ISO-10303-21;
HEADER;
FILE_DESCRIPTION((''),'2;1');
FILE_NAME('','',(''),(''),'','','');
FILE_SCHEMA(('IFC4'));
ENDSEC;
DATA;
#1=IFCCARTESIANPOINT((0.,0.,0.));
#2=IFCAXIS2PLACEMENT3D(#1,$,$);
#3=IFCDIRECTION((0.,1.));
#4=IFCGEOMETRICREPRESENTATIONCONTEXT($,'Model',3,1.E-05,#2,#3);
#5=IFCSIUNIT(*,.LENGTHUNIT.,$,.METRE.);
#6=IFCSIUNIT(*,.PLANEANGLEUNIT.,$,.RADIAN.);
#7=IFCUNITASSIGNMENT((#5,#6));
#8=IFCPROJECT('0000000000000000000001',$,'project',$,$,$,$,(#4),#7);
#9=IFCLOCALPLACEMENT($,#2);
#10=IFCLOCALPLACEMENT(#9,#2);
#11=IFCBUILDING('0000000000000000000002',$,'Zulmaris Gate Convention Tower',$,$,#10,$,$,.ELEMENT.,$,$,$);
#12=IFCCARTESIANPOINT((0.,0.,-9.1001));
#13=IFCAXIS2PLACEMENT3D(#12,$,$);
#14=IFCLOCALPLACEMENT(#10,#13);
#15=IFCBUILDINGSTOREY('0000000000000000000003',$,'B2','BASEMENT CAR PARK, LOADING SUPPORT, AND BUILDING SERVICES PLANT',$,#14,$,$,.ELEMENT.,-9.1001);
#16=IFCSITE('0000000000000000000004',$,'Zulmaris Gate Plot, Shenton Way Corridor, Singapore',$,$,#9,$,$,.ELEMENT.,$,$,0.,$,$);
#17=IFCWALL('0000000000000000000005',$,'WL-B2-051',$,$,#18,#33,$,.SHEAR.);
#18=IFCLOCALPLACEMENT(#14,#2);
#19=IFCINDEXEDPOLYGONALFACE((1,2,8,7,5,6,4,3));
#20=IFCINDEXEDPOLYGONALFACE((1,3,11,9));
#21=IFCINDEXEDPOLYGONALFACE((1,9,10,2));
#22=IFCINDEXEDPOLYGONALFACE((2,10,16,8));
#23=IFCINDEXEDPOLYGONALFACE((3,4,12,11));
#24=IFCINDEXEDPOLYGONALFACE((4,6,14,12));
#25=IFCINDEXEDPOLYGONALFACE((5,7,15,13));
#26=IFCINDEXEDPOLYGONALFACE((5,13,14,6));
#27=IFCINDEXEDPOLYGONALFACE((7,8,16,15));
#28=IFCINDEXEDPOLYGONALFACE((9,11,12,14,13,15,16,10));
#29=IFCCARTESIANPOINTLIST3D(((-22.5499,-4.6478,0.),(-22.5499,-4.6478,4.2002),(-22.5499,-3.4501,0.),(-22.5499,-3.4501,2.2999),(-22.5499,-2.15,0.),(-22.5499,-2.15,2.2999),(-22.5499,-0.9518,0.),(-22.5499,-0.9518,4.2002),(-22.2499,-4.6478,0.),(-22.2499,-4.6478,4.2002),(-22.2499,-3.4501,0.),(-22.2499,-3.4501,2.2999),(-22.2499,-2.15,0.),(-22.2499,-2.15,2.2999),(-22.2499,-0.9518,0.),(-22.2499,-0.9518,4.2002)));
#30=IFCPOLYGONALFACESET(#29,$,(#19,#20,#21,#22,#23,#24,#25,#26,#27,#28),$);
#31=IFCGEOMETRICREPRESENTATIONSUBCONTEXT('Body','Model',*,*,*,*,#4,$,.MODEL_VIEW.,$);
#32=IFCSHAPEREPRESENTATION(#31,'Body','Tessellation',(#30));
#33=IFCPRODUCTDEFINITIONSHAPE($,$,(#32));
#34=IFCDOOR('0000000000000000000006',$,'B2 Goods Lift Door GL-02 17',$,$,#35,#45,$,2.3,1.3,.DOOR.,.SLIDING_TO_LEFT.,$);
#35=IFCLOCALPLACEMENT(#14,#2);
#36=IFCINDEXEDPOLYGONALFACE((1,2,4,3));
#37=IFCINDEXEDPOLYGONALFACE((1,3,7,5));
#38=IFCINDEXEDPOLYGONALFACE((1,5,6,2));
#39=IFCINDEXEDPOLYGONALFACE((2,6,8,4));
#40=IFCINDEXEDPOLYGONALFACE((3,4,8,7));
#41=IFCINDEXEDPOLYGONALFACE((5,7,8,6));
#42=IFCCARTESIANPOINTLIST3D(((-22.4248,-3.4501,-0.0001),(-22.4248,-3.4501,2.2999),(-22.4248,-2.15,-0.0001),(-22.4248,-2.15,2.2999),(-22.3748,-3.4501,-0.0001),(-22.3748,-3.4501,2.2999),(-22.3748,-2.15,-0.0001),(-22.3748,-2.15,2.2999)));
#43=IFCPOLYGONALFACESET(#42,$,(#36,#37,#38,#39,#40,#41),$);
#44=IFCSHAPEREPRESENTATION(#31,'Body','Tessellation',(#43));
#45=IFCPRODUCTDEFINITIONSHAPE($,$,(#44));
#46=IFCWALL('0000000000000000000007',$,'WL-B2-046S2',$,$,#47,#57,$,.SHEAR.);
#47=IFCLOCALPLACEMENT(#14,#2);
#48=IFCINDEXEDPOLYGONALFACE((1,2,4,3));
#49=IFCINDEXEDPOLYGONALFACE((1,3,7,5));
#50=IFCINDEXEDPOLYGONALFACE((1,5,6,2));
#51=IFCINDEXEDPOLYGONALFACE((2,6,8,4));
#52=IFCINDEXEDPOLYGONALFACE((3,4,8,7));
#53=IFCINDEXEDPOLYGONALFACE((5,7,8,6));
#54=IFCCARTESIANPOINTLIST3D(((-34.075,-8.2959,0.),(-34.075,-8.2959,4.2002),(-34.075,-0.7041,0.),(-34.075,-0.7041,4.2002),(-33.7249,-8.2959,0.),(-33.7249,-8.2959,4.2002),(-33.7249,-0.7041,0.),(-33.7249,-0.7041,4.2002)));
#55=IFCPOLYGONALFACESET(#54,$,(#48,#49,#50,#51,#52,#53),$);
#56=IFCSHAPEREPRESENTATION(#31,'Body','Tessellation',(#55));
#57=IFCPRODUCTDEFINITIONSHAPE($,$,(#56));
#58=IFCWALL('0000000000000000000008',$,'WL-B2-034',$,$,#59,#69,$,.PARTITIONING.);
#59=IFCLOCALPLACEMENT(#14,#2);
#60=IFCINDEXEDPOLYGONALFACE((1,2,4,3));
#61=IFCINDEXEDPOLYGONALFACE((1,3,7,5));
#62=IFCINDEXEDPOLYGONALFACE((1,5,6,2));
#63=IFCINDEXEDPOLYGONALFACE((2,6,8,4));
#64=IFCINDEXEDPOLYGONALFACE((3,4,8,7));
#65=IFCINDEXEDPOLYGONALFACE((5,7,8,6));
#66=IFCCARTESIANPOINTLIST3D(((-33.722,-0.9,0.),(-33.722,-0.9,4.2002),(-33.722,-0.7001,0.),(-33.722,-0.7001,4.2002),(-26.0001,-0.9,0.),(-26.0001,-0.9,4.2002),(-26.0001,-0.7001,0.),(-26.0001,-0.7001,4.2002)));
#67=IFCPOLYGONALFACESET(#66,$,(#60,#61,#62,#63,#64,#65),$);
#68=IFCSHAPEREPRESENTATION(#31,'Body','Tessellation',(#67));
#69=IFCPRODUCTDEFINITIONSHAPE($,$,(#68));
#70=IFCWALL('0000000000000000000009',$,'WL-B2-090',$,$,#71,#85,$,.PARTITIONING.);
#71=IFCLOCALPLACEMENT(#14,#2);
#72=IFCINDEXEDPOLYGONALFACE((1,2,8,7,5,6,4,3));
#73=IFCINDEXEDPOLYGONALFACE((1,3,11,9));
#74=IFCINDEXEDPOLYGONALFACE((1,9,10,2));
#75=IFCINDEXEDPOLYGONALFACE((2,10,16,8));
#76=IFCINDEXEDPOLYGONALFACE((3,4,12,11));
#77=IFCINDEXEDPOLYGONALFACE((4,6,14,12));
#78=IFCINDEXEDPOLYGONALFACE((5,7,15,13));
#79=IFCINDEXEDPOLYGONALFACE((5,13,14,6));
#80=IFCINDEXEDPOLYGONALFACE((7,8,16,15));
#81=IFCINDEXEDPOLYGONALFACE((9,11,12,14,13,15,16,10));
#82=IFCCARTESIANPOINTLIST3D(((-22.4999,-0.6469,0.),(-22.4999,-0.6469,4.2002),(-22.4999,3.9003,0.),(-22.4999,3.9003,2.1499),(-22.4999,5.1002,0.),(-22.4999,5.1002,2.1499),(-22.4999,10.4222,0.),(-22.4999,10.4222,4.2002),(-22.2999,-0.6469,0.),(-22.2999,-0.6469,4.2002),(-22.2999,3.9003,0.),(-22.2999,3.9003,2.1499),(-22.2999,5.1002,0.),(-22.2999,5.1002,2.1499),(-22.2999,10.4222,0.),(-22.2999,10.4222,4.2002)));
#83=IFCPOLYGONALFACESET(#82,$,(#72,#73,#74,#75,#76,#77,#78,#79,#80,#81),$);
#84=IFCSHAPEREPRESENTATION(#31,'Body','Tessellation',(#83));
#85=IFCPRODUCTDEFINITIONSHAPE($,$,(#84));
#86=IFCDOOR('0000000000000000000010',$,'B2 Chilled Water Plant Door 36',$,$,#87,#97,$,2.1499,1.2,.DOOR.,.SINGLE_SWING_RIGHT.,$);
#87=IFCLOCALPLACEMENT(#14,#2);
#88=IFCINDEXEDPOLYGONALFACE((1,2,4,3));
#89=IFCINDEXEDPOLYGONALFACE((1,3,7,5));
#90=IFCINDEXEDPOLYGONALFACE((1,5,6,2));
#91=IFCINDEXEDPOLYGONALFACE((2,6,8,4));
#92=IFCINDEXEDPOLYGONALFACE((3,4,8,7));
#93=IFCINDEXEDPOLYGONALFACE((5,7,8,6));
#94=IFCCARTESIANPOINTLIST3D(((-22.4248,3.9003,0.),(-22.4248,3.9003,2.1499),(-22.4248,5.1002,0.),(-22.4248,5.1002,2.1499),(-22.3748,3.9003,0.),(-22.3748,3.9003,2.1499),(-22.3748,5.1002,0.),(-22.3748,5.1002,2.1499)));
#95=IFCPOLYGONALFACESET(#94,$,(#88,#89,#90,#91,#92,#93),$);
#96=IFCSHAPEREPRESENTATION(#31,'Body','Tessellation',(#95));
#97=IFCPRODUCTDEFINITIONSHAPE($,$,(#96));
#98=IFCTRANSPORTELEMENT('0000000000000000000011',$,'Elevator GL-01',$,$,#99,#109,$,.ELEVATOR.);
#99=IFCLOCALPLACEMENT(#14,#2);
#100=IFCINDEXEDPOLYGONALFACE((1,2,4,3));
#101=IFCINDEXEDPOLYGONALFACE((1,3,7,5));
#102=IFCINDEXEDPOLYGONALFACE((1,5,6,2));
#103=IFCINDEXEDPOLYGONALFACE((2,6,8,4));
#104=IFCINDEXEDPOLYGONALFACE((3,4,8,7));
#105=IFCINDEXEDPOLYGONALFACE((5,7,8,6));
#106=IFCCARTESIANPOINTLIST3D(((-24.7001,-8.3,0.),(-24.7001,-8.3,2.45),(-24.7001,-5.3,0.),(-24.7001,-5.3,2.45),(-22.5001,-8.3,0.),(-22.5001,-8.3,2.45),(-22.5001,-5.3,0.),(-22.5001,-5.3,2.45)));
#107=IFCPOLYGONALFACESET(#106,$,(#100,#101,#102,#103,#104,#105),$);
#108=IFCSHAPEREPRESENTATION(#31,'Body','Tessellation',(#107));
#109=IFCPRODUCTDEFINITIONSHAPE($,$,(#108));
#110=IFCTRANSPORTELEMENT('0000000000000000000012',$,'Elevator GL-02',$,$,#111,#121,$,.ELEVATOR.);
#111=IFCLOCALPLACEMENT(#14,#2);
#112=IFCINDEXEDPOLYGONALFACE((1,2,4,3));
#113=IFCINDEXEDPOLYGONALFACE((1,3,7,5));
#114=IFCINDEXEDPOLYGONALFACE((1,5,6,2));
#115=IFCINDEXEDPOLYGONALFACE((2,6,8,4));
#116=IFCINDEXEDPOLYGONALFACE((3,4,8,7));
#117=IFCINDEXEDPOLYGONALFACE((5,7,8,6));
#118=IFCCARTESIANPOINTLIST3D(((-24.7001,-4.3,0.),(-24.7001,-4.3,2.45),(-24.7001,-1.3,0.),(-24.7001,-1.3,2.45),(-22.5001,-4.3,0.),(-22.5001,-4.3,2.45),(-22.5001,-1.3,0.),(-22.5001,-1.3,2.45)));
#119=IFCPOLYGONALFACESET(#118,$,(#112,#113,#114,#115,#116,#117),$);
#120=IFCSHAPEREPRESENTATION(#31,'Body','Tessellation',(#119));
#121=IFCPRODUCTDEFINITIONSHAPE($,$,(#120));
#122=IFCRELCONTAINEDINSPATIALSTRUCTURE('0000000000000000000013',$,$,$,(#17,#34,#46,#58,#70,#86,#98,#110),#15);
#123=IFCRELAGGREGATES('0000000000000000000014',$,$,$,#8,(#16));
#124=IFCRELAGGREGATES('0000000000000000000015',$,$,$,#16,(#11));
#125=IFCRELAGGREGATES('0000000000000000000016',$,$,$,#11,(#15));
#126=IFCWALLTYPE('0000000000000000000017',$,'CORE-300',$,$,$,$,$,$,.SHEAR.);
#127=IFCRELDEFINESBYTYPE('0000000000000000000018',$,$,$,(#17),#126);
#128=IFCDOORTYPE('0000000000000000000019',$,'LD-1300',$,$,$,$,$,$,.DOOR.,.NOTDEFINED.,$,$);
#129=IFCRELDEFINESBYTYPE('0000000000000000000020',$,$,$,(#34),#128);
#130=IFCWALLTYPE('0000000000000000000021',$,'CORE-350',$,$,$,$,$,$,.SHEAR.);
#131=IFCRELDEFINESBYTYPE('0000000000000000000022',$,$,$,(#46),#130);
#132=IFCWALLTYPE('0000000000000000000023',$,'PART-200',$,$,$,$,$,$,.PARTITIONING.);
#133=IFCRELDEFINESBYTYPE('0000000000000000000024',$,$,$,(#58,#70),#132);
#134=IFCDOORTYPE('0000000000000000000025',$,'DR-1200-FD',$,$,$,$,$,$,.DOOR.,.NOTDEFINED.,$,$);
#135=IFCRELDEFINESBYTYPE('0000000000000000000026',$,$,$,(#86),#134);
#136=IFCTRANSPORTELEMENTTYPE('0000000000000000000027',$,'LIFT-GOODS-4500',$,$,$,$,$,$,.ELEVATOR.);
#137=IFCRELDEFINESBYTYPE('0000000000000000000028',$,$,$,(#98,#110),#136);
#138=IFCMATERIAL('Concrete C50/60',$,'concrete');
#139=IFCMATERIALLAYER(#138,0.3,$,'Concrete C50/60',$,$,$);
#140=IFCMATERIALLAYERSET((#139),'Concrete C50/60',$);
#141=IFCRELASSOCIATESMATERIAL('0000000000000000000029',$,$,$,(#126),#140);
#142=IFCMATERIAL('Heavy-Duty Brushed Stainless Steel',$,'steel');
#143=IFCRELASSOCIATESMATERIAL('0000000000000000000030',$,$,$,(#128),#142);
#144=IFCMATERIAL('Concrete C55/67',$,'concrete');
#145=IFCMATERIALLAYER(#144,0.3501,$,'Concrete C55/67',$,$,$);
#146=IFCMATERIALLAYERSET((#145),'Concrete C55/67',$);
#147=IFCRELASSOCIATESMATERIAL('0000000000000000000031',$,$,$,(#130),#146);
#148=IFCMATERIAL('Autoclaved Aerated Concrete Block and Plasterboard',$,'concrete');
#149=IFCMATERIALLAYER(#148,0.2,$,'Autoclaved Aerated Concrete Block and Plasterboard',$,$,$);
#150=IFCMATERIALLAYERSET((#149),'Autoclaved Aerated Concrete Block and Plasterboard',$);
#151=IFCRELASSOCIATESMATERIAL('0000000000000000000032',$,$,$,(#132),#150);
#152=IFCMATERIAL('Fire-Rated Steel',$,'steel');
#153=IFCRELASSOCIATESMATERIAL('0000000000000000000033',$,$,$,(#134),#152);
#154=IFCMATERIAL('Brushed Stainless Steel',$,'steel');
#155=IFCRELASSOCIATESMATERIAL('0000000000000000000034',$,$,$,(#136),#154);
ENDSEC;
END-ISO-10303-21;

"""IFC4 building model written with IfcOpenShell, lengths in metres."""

from ifc_helpers import new_model, si_unit, direction, frame, frame_2d, origin, origin_2d, place, context, subcontext, project, spatial, rectangle, extrude, material, layer, layer_set, type_object, element, fill, save


model = new_model("IFC4")

# Units and contexts
model_context = context("Model", 3, precision=1e-05, world=origin(), true_north=direction((0.0, 1.0)))
body_context = subcontext(model_context, "Body", "Model", "MODEL_VIEW")
ifc_project = project(units=[si_unit("LENGTHUNIT", "METRE"), si_unit("PLANEANGLEUNIT", "RADIAN")], contexts=[model_context])

# Site, building, storey
site_placement = place(None, origin())
site = spatial("IfcSite", under=ifc_project, at=site_placement, Name="Zulmaris Gate Plot, Shenton Way Corridor, Singapore", CompositionType="ELEMENT", RefElevation=0.0)
building_placement = place(site_placement, origin())
building = spatial("IfcBuilding", under=site, at=building_placement, Name="Zulmaris Gate Convention Tower", CompositionType="ELEMENT")
storey_placement = place(building_placement, frame((0.0, 0.0, -9.1001)))
storey = spatial("IfcBuildingStorey", under=building, at=storey_placement, Name="B2", Description="BASEMENT CAR PARK, LOADING SUPPORT, AND BUILDING SERVICES PLANT", CompositionType="ELEMENT", Elevation=-9.1001)

# Shared definitions
ifc_material_1 = material(Name="Concrete C50/60", Category="concrete")

# Shared definitions
ifc_layer_1 = layer(ifc_material_1, 0.3, Name="Concrete C50/60")
ifc_layer_set_1 = layer_set([ifc_layer_1], Name="Concrete C50/60")
wall_type_1 = type_object("IfcWallType", Name="CORE-300", PredefinedType="SHEAR", material=ifc_layer_set_1)

# Wall, opening, door
ifc_material_2 = material(Name="Heavy-Duty Brushed Stainless Steel", Category="steel")
door_type_1 = type_object("IfcDoorType", Name="LD-1300", OperationType="NOTDEFINED", PredefinedType="DOOR", material=ifc_material_2)
wall_1_placement = place(storey_placement, frame((-22.3999, -4.6479, 0.0), z_axis=(0.0, 0.0, 1.0), x_axis=(0.0, 1.0, 0.0)))
wall_1 = element("IfcWall", 1, at=wall_1_placement, inside=storey, type_object=wall_type_1, Name="WL-B2-051", PredefinedType="SHEAR", context=body_context, shape_type="SweptSolid", body=[
    extrude(rectangle(XDim=3.696, YDim=0.3, at=frame_2d((1.8481, 0.0))), origin(), (0.0, 0.0, 1.0), 4.2002),
])
opening_1_placement = place(wall_1_placement, frame((1.198, 0.0, 0.0)))
opening_1 = element("IfcOpeningElement", 2, at=opening_1_placement, cuts=wall_1, PredefinedType="OPENING", context=body_context, shape_type="SweptSolid", body=[
    extrude(rectangle(XDim=1.3, YDim=2.3, at=frame_2d((0.6499, 1.1499))), frame((0.0, 0.1602, 0.0), z_axis=(0.0, -1.0, 0.0), x_axis=(1.0, 0.0, 0.0)), (0.0, 0.0, 1.0), 0.3201),
])
door_1_placement = place(opening_1_placement, origin())
door_1 = element("IfcDoor", 3, at=door_1_placement, inside=storey, type_object=door_type_1, Name="B2 Goods Lift Door GL-02 17", OperationType="SLIDING_TO_LEFT", OverallHeight=2.3, OverallWidth=1.3, PredefinedType="DOOR", context=body_context, shape_type="SweptSolid", body=[
    extrude(rectangle(XDim=1.3, YDim=2.3, at=frame_2d((0.6499, 1.1499))), frame((0.0, 0.0249, 0.0), z_axis=(0.0, -1.0, 0.0), x_axis=(1.0, 0.0, 0.0)), (0.0, 0.0, 1.0), 0.05),
])
fill(opening_1, door_1)

# Walls
ifc_material_3 = material(Name="Concrete C55/67", Category="concrete")
ifc_layer_2 = layer(ifc_material_3, 0.3501, Name="Concrete C55/67")
ifc_layer_set_2 = layer_set([ifc_layer_2], Name="Concrete C55/67")
wall_type_2 = type_object("IfcWallType", Name="CORE-350", PredefinedType="SHEAR", material=ifc_layer_set_2)
wall_2_placement = place(storey_placement, frame((-33.8999, -8.2959, 0.0), z_axis=(0.0, 0.0, 1.0), x_axis=(0.0, 1.0, 0.0)))
element("IfcWall", 4, at=wall_2_placement, inside=storey, type_object=wall_type_2, Name="WL-B2-046S2", PredefinedType="SHEAR", context=body_context, shape_type="SweptSolid", body=[
    extrude(rectangle(XDim=7.5918, YDim=0.3501, at=frame_2d((3.7959, 0.0))), origin(), (0.0, 0.0, 1.0), 4.2002),
])
ifc_material_4 = material(Name="Autoclaved Aerated Concrete Block and Plasterboard", Category="concrete")
ifc_layer_3 = layer(ifc_material_4, 0.2, Name="Autoclaved Aerated Concrete Block and Plasterboard")
ifc_layer_set_3 = layer_set([ifc_layer_3], Name="Autoclaved Aerated Concrete Block and Plasterboard")
wall_type_3 = type_object("IfcWallType", Name="PART-200", PredefinedType="PARTITIONING", material=ifc_layer_set_3)
wall_3_placement = place(storey_placement, frame((-33.7219, -0.8, 0.0), z_axis=(0.0, 0.0, 1.0), x_axis=(1.0, 0.0, 0.0)))
element("IfcWall", 5, at=wall_3_placement, inside=storey, type_object=wall_type_3, Name="WL-B2-034", PredefinedType="PARTITIONING", context=body_context, shape_type="SweptSolid", body=[
    extrude(rectangle(XDim=7.7219, YDim=0.2, at=frame_2d((3.8608, 0.0))), origin(), (0.0, 0.0, 1.0), 4.2002),
])

# Wall, opening, door
wall_4_placement = place(storey_placement, frame((-22.3999, -0.647, 0.0), z_axis=(0.0, 0.0, 1.0), x_axis=(0.0, 1.0, 0.0)))
wall_4 = element("IfcWall", 6, at=wall_4_placement, inside=storey, type_object=wall_type_3, Name="WL-B2-090", PredefinedType="PARTITIONING", context=body_context, shape_type="SweptSolid", body=[
    extrude(rectangle(XDim=11.0691, YDim=0.2, at=frame_2d((5.5347, 0.0))), origin(), (0.0, 0.0, 1.0), 4.2002),
])
opening_2_placement = place(wall_4_placement, frame((4.5471, 0.0, 0.0)))
opening_2 = element("IfcOpeningElement", 7, at=opening_2_placement, cuts=wall_4, PredefinedType="OPENING", context=body_context, shape_type="SweptSolid", body=[
    extrude(rectangle(XDim=1.2, YDim=2.1499, at=frame_2d((0.6001, 1.075))), frame((0.0, 0.1099, 0.0), z_axis=(0.0, -1.0, 0.0), x_axis=(1.0, 0.0, 0.0)), (0.0, 0.0, 1.0), 0.22),
])
ifc_material_5 = material(Name="Fire-Rated Steel", Category="steel")
door_type_2 = type_object("IfcDoorType", Name="DR-1200-FD", OperationType="NOTDEFINED", PredefinedType="DOOR", material=ifc_material_5)
door_2_placement = place(opening_2_placement, origin())
door_2 = element("IfcDoor", 8, at=door_2_placement, inside=storey, type_object=door_type_2, Name="B2 Chilled Water Plant Door 36", OperationType="SINGLE_SWING_RIGHT", OverallHeight=2.1499, OverallWidth=1.2, PredefinedType="DOOR", context=body_context, shape_type="SweptSolid", body=[
    extrude(rectangle(XDim=1.2, YDim=2.1499, at=frame_2d((0.6001, 1.075))), frame((0.0, 0.0249, 0.0), z_axis=(0.0, -1.0, 0.0), x_axis=(1.0, 0.0, 0.0)), (0.0, 0.0, 1.0), 0.05),
])
fill(opening_2, door_2)

# Transport elements
ifc_material_6 = material(Name="Brushed Stainless Steel", Category="steel")
transport_element_type = type_object("IfcTransportElementType", Name="LIFT-GOODS-4500", PredefinedType="ELEVATOR", material=ifc_material_6)
for number, where, z_axis, x_axis, name in (
    (9, (-23.6001, -6.8, 0.0), (0.0, 0.0, 1.0), (1.0, 0.0, 0.0), "Elevator GL-01"),
    (10, (-23.6001, -2.8, 0.0), (0.0, 0.0, 1.0), (1.0, 0.0, 0.0), "Elevator GL-02"),
):
    element("IfcTransportElement", number, at=place(storey_placement, frame(where, z_axis=z_axis, x_axis=x_axis)), inside=storey, type_object=transport_element_type, Name=name, PredefinedType="ELEVATOR", context=body_context, shape_type="SweptSolid", body=[
        extrude(rectangle(XDim=2.2, YDim=3.0, at=origin_2d()), origin(), (0.0, 0.0, 1.0), 2.45),
    ])

save(model, "model.ifc")
